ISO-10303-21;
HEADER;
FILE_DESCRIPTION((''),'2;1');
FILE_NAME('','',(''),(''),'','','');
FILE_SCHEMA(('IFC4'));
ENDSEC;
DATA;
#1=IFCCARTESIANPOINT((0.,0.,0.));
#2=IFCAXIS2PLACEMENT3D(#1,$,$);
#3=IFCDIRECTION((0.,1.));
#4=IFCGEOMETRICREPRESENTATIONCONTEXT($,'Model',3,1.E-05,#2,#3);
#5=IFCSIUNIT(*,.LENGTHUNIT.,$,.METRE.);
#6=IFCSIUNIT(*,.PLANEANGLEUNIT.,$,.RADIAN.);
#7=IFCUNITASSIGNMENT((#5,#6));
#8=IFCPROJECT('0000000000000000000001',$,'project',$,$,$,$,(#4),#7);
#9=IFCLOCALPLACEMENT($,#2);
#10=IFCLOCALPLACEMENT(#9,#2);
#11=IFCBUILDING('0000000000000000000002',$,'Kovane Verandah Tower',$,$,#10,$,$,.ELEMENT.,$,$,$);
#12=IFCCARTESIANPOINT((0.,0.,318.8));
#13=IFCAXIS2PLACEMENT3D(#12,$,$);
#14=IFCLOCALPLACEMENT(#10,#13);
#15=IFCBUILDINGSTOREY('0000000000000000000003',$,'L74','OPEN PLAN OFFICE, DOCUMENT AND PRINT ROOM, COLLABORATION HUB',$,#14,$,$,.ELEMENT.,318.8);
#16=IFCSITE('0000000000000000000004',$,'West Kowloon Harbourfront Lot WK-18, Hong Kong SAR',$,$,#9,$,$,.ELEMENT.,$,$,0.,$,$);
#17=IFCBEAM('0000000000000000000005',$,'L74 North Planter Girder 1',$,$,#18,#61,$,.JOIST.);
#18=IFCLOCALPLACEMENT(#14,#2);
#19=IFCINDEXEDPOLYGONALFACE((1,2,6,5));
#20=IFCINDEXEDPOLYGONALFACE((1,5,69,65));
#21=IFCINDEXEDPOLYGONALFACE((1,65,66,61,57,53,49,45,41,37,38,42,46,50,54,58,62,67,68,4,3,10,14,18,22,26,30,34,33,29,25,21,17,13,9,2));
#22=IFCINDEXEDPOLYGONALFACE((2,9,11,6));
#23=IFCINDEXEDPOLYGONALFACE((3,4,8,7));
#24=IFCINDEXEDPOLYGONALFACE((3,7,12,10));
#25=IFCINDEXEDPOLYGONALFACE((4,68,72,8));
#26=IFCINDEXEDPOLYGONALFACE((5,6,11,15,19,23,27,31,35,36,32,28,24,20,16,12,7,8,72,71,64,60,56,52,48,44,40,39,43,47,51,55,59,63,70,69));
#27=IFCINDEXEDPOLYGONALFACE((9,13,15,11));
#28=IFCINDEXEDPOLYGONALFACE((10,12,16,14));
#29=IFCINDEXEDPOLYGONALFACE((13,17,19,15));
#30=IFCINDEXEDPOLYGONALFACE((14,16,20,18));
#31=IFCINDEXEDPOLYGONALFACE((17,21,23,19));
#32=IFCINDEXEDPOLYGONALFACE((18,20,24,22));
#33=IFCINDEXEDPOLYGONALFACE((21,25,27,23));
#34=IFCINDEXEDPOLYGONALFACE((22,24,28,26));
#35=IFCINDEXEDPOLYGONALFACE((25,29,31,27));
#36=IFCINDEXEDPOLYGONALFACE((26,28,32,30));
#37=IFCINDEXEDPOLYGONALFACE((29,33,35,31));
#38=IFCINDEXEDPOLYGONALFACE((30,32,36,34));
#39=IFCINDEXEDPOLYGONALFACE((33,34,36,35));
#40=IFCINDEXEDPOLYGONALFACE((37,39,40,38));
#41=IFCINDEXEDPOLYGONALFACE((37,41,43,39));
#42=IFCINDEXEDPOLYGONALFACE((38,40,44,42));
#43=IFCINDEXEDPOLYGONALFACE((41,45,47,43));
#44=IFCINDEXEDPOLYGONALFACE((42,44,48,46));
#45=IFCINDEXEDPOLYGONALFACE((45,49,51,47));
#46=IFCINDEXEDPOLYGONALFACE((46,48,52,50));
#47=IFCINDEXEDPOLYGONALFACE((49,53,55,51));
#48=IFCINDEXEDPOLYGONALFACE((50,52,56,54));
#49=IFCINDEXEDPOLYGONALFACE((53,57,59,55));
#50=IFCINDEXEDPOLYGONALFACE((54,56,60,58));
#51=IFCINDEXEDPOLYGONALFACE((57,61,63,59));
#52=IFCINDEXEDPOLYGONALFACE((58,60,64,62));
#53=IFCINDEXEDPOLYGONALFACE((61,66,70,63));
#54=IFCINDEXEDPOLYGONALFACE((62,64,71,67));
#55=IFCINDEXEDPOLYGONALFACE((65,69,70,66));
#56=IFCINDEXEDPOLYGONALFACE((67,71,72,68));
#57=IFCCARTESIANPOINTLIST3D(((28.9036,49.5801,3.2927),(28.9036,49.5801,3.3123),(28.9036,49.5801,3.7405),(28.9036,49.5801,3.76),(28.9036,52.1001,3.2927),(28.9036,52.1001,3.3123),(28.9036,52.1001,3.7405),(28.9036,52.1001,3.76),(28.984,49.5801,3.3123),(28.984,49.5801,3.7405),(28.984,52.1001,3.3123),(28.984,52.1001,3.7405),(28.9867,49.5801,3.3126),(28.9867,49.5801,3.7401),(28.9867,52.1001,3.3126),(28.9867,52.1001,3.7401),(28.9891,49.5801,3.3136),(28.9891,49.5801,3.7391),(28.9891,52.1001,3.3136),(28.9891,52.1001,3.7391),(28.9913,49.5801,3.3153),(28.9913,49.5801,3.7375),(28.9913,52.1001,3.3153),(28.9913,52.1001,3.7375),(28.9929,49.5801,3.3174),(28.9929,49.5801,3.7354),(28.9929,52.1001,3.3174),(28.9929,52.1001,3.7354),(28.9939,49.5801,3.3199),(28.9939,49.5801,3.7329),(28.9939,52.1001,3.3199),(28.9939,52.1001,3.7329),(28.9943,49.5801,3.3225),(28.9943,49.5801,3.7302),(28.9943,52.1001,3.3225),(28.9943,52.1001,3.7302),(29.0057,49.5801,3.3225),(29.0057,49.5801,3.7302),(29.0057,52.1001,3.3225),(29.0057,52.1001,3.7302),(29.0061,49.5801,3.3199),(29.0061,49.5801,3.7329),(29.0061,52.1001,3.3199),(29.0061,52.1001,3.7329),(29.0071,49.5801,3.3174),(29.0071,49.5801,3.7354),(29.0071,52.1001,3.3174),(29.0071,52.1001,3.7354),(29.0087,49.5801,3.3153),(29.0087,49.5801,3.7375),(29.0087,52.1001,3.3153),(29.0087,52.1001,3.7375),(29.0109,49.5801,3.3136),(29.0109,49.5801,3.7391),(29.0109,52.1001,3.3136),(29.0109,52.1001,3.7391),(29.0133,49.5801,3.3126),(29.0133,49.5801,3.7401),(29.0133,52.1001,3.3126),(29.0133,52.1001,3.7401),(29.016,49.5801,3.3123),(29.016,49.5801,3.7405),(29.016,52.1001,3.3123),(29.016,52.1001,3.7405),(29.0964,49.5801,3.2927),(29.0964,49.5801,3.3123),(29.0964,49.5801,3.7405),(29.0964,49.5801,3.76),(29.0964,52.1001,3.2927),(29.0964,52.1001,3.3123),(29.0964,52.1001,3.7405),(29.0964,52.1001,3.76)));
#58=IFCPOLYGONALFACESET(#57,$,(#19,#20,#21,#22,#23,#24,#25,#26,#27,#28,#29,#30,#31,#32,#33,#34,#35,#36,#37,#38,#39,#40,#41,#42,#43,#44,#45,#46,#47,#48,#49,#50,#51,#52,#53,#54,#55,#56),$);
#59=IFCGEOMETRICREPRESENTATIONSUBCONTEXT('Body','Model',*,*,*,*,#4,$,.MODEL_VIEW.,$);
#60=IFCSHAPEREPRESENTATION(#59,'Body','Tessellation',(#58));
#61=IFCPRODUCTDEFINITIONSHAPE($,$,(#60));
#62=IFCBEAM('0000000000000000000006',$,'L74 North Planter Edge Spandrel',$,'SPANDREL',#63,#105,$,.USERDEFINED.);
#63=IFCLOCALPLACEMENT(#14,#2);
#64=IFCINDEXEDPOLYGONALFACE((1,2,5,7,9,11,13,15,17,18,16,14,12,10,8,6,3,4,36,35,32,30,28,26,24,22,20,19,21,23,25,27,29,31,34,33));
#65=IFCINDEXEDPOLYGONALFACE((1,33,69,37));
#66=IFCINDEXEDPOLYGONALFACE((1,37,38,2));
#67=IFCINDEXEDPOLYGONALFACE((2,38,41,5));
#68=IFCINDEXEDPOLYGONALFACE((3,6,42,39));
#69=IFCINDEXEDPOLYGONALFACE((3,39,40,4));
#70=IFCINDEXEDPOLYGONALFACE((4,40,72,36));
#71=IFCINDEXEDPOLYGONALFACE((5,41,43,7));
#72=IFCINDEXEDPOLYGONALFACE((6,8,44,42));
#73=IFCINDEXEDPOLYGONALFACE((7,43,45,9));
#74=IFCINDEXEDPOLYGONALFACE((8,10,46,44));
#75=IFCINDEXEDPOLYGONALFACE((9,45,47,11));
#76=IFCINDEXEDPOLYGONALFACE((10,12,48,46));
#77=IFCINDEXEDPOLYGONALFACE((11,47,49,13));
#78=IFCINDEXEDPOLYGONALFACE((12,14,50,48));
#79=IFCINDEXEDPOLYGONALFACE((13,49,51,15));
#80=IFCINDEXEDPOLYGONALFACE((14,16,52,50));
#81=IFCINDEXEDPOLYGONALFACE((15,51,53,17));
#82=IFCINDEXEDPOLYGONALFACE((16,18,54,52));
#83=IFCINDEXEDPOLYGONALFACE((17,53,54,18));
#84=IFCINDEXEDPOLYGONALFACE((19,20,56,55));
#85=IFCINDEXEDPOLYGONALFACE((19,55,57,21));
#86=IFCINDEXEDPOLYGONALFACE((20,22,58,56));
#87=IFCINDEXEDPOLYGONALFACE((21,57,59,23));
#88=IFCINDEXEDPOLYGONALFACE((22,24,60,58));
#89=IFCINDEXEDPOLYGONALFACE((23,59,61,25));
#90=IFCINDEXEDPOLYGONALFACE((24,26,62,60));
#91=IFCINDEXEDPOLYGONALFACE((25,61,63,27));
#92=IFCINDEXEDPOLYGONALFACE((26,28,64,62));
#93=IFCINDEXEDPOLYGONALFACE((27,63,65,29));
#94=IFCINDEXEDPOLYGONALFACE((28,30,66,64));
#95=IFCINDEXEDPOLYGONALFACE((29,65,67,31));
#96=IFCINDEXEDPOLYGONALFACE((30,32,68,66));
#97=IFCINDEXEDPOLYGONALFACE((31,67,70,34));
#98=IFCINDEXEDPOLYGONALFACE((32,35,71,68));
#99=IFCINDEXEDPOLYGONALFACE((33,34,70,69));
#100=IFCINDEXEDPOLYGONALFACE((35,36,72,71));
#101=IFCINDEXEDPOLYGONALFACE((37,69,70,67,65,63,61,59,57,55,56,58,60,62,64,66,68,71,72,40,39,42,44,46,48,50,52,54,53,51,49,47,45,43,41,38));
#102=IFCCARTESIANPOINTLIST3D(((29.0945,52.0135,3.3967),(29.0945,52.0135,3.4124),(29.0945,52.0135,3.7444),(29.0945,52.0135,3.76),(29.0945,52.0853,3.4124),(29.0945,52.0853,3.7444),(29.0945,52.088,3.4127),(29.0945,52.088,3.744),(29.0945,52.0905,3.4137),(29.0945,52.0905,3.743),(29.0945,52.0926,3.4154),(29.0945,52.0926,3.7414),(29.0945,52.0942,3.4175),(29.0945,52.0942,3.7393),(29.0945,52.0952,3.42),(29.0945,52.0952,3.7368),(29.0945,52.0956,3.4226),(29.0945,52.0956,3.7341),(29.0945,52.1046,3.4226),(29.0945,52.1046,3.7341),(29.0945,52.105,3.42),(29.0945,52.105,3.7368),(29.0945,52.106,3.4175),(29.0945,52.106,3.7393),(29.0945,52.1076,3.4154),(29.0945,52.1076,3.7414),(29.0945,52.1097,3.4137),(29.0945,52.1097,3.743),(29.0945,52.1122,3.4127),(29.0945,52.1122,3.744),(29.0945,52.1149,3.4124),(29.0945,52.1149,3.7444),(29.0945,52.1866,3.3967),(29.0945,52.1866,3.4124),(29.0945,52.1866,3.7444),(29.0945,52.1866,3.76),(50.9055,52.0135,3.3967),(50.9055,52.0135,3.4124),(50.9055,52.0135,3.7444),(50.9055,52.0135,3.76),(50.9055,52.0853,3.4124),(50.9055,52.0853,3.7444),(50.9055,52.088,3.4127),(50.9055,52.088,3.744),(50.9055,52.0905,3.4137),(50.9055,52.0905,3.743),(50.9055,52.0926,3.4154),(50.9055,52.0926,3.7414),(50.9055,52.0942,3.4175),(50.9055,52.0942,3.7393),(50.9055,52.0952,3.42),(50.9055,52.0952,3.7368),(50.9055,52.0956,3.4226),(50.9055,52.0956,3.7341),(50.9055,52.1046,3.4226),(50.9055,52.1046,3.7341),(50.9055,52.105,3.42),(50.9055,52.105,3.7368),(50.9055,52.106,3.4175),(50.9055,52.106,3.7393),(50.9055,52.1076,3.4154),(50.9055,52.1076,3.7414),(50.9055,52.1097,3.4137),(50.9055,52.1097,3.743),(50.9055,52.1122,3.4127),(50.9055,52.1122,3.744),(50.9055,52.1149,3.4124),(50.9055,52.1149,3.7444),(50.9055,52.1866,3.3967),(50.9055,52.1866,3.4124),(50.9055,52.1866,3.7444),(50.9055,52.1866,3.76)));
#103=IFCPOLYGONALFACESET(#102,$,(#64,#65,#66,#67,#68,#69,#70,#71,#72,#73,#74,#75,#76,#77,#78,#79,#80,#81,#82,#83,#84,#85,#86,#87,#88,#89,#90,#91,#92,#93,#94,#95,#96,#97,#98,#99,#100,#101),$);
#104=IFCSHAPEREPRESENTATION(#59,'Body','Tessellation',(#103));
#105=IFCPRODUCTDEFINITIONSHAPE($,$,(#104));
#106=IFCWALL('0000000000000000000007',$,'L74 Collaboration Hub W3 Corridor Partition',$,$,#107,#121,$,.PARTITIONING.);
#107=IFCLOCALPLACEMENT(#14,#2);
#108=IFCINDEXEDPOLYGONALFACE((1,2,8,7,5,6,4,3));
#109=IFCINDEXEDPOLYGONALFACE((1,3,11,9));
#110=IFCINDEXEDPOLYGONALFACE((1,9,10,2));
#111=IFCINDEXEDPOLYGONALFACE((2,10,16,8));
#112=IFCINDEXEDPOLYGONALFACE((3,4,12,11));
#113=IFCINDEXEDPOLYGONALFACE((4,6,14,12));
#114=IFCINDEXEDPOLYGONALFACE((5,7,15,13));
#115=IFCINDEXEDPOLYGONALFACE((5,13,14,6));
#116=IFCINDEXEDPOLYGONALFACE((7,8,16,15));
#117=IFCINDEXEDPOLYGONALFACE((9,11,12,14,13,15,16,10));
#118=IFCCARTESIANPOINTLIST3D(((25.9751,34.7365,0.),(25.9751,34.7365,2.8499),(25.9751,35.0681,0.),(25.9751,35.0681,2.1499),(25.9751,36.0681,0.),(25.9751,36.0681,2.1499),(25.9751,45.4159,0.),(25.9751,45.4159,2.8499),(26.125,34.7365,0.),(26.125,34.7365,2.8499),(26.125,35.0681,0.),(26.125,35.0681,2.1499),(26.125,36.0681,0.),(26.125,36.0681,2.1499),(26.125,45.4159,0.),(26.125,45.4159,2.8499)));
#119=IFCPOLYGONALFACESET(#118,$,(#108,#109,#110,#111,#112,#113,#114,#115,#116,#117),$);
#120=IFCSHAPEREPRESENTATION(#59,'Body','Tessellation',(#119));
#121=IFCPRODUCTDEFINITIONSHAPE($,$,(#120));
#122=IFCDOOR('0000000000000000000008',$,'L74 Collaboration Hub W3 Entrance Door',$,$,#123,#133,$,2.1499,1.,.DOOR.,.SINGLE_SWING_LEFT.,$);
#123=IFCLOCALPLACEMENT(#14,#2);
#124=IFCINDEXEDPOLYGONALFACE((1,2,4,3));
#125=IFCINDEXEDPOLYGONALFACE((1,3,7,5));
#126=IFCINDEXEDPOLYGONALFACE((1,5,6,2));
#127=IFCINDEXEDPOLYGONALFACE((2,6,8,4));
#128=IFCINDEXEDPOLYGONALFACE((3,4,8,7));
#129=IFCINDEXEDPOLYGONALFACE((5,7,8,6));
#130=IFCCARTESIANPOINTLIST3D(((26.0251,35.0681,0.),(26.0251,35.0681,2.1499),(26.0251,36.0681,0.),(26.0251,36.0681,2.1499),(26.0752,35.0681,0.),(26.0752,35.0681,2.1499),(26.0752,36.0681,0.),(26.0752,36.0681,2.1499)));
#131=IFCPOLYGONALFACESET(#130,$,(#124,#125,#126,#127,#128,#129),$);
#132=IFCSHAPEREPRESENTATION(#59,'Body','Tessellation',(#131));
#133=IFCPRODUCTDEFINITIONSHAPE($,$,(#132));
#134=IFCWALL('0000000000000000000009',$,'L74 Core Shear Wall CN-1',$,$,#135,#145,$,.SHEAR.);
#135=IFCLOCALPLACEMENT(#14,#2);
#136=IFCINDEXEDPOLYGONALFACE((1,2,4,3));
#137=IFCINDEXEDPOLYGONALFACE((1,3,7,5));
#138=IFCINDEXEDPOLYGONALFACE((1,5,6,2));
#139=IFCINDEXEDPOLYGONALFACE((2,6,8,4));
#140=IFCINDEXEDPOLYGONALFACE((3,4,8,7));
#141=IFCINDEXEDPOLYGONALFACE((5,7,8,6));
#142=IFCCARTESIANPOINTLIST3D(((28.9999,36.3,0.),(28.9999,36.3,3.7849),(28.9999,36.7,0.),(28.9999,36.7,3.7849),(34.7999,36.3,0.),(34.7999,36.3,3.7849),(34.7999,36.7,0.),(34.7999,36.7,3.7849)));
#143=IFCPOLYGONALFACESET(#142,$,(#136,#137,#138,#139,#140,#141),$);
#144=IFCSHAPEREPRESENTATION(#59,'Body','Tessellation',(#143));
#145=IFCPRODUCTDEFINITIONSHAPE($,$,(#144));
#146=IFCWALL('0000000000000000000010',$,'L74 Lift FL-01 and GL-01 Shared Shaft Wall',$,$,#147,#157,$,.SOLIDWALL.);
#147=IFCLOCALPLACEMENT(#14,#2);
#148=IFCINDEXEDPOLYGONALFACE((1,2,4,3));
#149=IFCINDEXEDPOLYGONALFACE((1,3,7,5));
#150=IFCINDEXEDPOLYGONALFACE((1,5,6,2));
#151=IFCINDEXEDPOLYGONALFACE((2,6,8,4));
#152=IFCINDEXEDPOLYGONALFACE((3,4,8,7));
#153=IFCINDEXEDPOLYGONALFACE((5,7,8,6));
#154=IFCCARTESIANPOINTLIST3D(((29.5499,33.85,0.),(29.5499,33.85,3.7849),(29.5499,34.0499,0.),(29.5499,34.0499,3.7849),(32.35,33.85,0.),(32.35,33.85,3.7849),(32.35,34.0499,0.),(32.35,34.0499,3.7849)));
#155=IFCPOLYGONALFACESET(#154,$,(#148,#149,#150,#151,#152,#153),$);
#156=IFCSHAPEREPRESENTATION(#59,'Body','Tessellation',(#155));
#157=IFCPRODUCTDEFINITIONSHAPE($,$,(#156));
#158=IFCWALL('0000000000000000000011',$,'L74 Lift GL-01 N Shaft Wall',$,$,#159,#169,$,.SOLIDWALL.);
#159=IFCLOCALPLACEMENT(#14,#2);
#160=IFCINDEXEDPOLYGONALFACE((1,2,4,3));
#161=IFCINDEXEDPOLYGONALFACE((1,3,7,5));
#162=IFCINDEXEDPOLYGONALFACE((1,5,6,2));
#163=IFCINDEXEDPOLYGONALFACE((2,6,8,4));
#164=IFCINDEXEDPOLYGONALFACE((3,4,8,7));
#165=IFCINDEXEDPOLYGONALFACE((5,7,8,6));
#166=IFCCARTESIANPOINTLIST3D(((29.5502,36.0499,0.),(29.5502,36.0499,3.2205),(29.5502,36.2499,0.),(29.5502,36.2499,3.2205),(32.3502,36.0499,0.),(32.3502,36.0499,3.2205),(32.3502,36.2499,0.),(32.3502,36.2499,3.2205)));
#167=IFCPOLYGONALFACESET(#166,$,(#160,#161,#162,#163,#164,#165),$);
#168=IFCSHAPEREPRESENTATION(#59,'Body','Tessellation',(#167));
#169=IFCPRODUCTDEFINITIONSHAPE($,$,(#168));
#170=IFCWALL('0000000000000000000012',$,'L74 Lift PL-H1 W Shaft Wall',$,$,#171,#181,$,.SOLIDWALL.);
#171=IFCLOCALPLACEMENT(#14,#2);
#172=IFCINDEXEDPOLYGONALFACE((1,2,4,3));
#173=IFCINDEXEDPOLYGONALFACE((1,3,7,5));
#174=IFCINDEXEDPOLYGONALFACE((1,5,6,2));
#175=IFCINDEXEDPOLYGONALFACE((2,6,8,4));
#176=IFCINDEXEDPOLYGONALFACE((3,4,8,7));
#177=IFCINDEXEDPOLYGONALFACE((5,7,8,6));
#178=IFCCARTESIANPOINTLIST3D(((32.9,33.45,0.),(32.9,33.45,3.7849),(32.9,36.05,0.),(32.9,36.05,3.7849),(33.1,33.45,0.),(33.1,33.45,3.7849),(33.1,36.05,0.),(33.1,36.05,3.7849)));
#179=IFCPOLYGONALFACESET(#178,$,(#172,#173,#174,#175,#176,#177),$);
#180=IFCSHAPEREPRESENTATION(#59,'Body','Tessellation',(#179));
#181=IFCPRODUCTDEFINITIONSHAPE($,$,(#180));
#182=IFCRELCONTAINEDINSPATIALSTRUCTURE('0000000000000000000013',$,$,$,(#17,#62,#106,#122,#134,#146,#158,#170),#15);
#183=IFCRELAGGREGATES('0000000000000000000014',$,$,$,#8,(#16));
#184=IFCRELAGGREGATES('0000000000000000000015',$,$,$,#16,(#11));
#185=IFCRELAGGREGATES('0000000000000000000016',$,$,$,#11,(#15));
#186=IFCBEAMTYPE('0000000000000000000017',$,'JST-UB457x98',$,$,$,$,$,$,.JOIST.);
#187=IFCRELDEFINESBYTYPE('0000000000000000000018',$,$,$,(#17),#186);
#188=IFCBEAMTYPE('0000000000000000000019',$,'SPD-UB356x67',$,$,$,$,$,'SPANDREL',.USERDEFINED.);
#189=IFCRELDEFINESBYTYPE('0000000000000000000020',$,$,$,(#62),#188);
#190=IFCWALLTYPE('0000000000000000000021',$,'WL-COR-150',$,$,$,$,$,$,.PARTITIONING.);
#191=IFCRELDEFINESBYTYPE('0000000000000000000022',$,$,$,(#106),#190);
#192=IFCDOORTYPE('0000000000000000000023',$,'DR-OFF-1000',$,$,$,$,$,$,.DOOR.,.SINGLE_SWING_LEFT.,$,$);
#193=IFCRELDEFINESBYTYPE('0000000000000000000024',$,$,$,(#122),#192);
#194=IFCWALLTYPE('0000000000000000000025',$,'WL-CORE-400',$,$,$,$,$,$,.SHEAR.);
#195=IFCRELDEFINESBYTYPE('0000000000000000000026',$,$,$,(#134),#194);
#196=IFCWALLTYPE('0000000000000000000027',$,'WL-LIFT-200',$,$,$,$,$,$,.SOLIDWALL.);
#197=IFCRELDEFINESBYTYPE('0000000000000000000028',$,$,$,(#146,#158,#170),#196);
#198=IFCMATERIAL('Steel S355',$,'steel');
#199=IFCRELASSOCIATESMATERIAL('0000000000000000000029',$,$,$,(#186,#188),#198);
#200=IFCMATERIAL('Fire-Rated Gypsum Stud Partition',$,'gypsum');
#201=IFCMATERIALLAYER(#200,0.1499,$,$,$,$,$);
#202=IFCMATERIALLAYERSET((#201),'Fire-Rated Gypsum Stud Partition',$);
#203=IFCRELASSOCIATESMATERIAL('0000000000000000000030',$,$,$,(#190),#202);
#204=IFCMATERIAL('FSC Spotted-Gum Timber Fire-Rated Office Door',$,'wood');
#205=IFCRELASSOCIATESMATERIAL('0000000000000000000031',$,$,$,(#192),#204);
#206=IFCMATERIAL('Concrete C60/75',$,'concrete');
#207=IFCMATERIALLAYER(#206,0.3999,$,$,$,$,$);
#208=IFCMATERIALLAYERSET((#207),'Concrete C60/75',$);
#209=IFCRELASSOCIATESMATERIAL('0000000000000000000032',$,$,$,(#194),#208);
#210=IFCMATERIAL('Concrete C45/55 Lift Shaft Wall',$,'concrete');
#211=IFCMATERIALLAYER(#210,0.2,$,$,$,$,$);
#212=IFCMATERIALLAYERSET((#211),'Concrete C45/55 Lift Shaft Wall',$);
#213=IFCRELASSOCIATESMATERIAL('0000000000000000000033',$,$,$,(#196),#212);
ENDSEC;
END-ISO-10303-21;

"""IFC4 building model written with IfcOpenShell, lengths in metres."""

from ifc_helpers import new_model, si_unit, direction, frame, frame_2d, origin, origin_2d, place, context, subcontext, project, spatial, rectangle, i_section, extrude, material, layer, layer_set, material_profile, profile_set, type_object, element, fill, save


model = new_model("IFC4")

# Units and contexts
model_context = context("Model", 3, precision=1e-05, world=origin(), true_north=direction((0.0, 1.0)))
body_context = subcontext(model_context, "Body", "Model", "MODEL_VIEW")
ifc_project = project(units=[si_unit("LENGTHUNIT", "METRE"), si_unit("PLANEANGLEUNIT", "RADIAN")], contexts=[model_context])

# Site, building, storey
site_placement = place(None, origin())
site = spatial("IfcSite", under=ifc_project, at=site_placement, Name="West Kowloon Harbourfront Lot WK-18, Hong Kong SAR", CompositionType="ELEMENT", RefElevation=0.0)
building_placement = place(site_placement, origin())
building = spatial("IfcBuilding", under=site, at=building_placement, Name="Kovane Verandah Tower", CompositionType="ELEMENT")
storey_placement = place(building_placement, frame((0.0, 0.0, 318.8)))
storey = spatial("IfcBuildingStorey", under=building, at=storey_placement, Name="L74", Description="OPEN PLAN OFFICE, DOCUMENT AND PRINT ROOM, COLLABORATION HUB", CompositionType="ELEMENT", Elevation=318.8)

# Shared definitions
ifc_material_1 = material(Name="Concrete C60/75", Category="concrete")

# Beams
ifc_material_2 = material(Name="Steel S355", Category="steel")
ifc_material_profile_1 = material_profile(ifc_material_2, i_section(OverallWidth=0.1929, OverallDepth=0.4673, WebThickness=0.0115, FlangeThickness=0.0195, FilletRadius=0.0103, at=origin_2d()), Name="UB457x191x98")
ifc_profile_set_1 = profile_set([ifc_material_profile_1], Name="Steel S355")
beam_type_1 = type_object("IfcBeamType", Name="JST-UB457x98", PredefinedType="JOIST", material=ifc_profile_set_1)
beam_1_placement = place(storey_placement, frame((29.0, 49.5801, 3.5264), z_axis=(0.0, 1.0, 0.0), x_axis=(-1.0, 0.0, 0.0)))
element("IfcBeam", 1, at=beam_1_placement, inside=storey, type_object=beam_type_1, Name="L74 North Planter Girder 1", PredefinedType="JOIST", context=body_context, shape_type="SweptSolid", body=[
    extrude(i_section(OverallWidth=0.1929, OverallDepth=0.4673, WebThickness=0.0115, FlangeThickness=0.0195, FilletRadius=0.0103, at=origin_2d()), origin(), (0.0, 0.0, 1.0), 2.52),
])
ifc_material_profile_2 = material_profile(ifc_material_2, i_section(OverallWidth=0.1731, OverallDepth=0.3633, WebThickness=0.009, FlangeThickness=0.0156, FilletRadius=0.0103, at=origin_2d()), Name="UB356x171x67")
ifc_profile_set_2 = profile_set([ifc_material_profile_2], Name="Steel S355")
beam_type_2 = type_object("IfcBeamType", Name="SPD-UB356x67", ElementType="SPANDREL", PredefinedType="USERDEFINED", material=ifc_profile_set_2)
beam_2_placement = place(storey_placement, frame((29.0945, 52.1001, 3.5784), z_axis=(1.0, 0.0, 0.0), x_axis=(0.0, 1.0, 0.0)))
element("IfcBeam", 2, at=beam_2_placement, inside=storey, type_object=beam_type_2, Name="L74 North Planter Edge Spandrel", ObjectType="SPANDREL", PredefinedType="USERDEFINED", context=body_context, shape_type="SweptSolid", body=[
    extrude(i_section(OverallWidth=0.1731, OverallDepth=0.3633, WebThickness=0.009, FlangeThickness=0.0156, FilletRadius=0.0103, at=origin_2d()), origin(), (0.0, 0.0, 1.0), 21.811),
])

# Wall, opening, door
ifc_material_3 = material(Name="Fire-Rated Gypsum Stud Partition", Category="gypsum")
ifc_layer_1 = layer(ifc_material_3, 0.1499)
ifc_layer_set_1 = layer_set([ifc_layer_1], Name="Fire-Rated Gypsum Stud Partition")
wall_type_1 = type_object("IfcWallType", Name="WL-COR-150", PredefinedType="PARTITIONING", material=ifc_layer_set_1)
ifc_material_4 = material(Name="FSC Spotted-Gum Timber Fire-Rated Office Door", Category="wood")
door_type_1 = type_object("IfcDoorType", Name="DR-OFF-1000", OperationType="SINGLE_SWING_LEFT", PredefinedType="DOOR", material=ifc_material_4)
wall_1_placement = place(storey_placement, frame((26.05, 34.7363, 0.0), z_axis=(0.0, 0.0, 1.0), x_axis=(0.0, 1.0, 0.0)))
wall_1 = element("IfcWall", 3, at=wall_1_placement, inside=storey, type_object=wall_type_1, Name="L74 Collaboration Hub W3 Corridor Partition", PredefinedType="PARTITIONING", context=body_context, shape_type="SweptSolid", body=[
    extrude(rectangle(XDim=10.6794, YDim=0.1499, at=frame_2d((5.3398, 0.0))), origin(), (0.0, 0.0, 1.0), 2.8499),
])
opening_1_placement = place(wall_1_placement, frame((0.3318, 0.0, 0.0)))
opening_1 = element("IfcOpeningElement", 4, at=opening_1_placement, cuts=wall_1, PredefinedType="OPENING", context=body_context, shape_type="SweptSolid", body=[
    extrude(rectangle(XDim=1.0, YDim=2.1499, at=frame_2d((0.5, 1.075))), frame((0.0, 0.075, 0.0), z_axis=(0.0, -1.0, 0.0), x_axis=(1.0, 0.0, 0.0)), (0.0, 0.0, 1.0), 0.1499),
])
door_1_placement = place(opening_1_placement, origin())
door_1 = element("IfcDoor", 5, at=door_1_placement, inside=storey, type_object=door_type_1, Name="L74 Collaboration Hub W3 Entrance Door", OperationType="SINGLE_SWING_LEFT", OverallHeight=2.1499, OverallWidth=1.0, PredefinedType="DOOR", context=body_context, shape_type="SweptSolid", body=[
    extrude(rectangle(XDim=1.0, YDim=2.1499, at=frame_2d((0.5, 1.075))), frame((0.0, 0.0249, 0.0), z_axis=(0.0, -1.0, 0.0), x_axis=(1.0, 0.0, 0.0)), (0.0, 0.0, 1.0), 0.05),
])
fill(opening_1, door_1)

# Walls
ifc_layer_2 = layer(ifc_material_1, 0.3999)
ifc_layer_set_2 = layer_set([ifc_layer_2], Name="Concrete C60/75")
wall_type_2 = type_object("IfcWallType", Name="WL-CORE-400", PredefinedType="SHEAR", material=ifc_layer_set_2)
wall_2_placement = place(storey_placement, frame((29.0, 36.5, 0.0), z_axis=(0.0, 0.0, 1.0), x_axis=(1.0, 0.0, 0.0)))
element("IfcWall", 6, at=wall_2_placement, inside=storey, type_object=wall_type_2, Name="L74 Core Shear Wall CN-1", PredefinedType="SHEAR", context=body_context, shape_type="SweptSolid", body=[
    extrude(rectangle(XDim=5.8, YDim=0.3999, at=frame_2d((2.8999, 0.0))), origin(), (0.0, 0.0, 1.0), 3.7849),
])
ifc_material_5 = material(Name="Concrete C45/55 Lift Shaft Wall", Category="concrete")
ifc_layer_3 = layer(ifc_material_5, 0.2)
ifc_layer_set_3 = layer_set([ifc_layer_3], Name="Concrete C45/55 Lift Shaft Wall")
wall_type_3 = type_object("IfcWallType", Name="WL-LIFT-200", PredefinedType="SOLIDWALL", material=ifc_layer_set_3)
wall_3_placement = place(storey_placement, frame((29.55, 33.95, 0.0), z_axis=(0.0, 0.0, 1.0), x_axis=(1.0, 0.0, 0.0)))
element("IfcWall", 7, at=wall_3_placement, inside=storey, type_object=wall_type_3, Name="L74 Lift FL-01 and GL-01 Shared Shaft Wall", PredefinedType="SOLIDWALL", context=body_context, shape_type="SweptSolid", body=[
    extrude(rectangle(XDim=2.8, YDim=0.2, at=frame_2d((1.3999, 0.0))), origin(), (0.0, 0.0, 1.0), 3.7849),
])
wall_4_placement = place(storey_placement, frame((32.3501, 36.1499, 0.0), z_axis=(0.0, 0.0, 1.0), x_axis=(-1.0, 0.0, 0.0)))
element("IfcWall", 8, at=wall_4_placement, inside=storey, type_object=wall_type_3, Name="L74 Lift GL-01 N Shaft Wall", PredefinedType="SOLIDWALL", context=body_context, shape_type="SweptSolid", body=[
    extrude(rectangle(XDim=2.8, YDim=0.2, at=frame_2d((1.3999, 0.0))), origin(), (0.0, 0.0, 1.0), 3.2205),
])

# Wall
wall_5_placement = place(storey_placement, frame((33.0, 36.05, 0.0), z_axis=(0.0, 0.0, 1.0), x_axis=(0.0, -1.0, 0.0)))
element("IfcWall", 9, at=wall_5_placement, inside=storey, type_object=wall_type_3, Name="L74 Lift PL-H1 W Shaft Wall", PredefinedType="SOLIDWALL", context=body_context, shape_type="SweptSolid", body=[
    extrude(rectangle(XDim=2.6001, YDim=0.2, at=frame_2d((1.3, 0.0))), origin(), (0.0, 0.0, 1.0), 3.7849),
])

save(model, "model.ifc")
